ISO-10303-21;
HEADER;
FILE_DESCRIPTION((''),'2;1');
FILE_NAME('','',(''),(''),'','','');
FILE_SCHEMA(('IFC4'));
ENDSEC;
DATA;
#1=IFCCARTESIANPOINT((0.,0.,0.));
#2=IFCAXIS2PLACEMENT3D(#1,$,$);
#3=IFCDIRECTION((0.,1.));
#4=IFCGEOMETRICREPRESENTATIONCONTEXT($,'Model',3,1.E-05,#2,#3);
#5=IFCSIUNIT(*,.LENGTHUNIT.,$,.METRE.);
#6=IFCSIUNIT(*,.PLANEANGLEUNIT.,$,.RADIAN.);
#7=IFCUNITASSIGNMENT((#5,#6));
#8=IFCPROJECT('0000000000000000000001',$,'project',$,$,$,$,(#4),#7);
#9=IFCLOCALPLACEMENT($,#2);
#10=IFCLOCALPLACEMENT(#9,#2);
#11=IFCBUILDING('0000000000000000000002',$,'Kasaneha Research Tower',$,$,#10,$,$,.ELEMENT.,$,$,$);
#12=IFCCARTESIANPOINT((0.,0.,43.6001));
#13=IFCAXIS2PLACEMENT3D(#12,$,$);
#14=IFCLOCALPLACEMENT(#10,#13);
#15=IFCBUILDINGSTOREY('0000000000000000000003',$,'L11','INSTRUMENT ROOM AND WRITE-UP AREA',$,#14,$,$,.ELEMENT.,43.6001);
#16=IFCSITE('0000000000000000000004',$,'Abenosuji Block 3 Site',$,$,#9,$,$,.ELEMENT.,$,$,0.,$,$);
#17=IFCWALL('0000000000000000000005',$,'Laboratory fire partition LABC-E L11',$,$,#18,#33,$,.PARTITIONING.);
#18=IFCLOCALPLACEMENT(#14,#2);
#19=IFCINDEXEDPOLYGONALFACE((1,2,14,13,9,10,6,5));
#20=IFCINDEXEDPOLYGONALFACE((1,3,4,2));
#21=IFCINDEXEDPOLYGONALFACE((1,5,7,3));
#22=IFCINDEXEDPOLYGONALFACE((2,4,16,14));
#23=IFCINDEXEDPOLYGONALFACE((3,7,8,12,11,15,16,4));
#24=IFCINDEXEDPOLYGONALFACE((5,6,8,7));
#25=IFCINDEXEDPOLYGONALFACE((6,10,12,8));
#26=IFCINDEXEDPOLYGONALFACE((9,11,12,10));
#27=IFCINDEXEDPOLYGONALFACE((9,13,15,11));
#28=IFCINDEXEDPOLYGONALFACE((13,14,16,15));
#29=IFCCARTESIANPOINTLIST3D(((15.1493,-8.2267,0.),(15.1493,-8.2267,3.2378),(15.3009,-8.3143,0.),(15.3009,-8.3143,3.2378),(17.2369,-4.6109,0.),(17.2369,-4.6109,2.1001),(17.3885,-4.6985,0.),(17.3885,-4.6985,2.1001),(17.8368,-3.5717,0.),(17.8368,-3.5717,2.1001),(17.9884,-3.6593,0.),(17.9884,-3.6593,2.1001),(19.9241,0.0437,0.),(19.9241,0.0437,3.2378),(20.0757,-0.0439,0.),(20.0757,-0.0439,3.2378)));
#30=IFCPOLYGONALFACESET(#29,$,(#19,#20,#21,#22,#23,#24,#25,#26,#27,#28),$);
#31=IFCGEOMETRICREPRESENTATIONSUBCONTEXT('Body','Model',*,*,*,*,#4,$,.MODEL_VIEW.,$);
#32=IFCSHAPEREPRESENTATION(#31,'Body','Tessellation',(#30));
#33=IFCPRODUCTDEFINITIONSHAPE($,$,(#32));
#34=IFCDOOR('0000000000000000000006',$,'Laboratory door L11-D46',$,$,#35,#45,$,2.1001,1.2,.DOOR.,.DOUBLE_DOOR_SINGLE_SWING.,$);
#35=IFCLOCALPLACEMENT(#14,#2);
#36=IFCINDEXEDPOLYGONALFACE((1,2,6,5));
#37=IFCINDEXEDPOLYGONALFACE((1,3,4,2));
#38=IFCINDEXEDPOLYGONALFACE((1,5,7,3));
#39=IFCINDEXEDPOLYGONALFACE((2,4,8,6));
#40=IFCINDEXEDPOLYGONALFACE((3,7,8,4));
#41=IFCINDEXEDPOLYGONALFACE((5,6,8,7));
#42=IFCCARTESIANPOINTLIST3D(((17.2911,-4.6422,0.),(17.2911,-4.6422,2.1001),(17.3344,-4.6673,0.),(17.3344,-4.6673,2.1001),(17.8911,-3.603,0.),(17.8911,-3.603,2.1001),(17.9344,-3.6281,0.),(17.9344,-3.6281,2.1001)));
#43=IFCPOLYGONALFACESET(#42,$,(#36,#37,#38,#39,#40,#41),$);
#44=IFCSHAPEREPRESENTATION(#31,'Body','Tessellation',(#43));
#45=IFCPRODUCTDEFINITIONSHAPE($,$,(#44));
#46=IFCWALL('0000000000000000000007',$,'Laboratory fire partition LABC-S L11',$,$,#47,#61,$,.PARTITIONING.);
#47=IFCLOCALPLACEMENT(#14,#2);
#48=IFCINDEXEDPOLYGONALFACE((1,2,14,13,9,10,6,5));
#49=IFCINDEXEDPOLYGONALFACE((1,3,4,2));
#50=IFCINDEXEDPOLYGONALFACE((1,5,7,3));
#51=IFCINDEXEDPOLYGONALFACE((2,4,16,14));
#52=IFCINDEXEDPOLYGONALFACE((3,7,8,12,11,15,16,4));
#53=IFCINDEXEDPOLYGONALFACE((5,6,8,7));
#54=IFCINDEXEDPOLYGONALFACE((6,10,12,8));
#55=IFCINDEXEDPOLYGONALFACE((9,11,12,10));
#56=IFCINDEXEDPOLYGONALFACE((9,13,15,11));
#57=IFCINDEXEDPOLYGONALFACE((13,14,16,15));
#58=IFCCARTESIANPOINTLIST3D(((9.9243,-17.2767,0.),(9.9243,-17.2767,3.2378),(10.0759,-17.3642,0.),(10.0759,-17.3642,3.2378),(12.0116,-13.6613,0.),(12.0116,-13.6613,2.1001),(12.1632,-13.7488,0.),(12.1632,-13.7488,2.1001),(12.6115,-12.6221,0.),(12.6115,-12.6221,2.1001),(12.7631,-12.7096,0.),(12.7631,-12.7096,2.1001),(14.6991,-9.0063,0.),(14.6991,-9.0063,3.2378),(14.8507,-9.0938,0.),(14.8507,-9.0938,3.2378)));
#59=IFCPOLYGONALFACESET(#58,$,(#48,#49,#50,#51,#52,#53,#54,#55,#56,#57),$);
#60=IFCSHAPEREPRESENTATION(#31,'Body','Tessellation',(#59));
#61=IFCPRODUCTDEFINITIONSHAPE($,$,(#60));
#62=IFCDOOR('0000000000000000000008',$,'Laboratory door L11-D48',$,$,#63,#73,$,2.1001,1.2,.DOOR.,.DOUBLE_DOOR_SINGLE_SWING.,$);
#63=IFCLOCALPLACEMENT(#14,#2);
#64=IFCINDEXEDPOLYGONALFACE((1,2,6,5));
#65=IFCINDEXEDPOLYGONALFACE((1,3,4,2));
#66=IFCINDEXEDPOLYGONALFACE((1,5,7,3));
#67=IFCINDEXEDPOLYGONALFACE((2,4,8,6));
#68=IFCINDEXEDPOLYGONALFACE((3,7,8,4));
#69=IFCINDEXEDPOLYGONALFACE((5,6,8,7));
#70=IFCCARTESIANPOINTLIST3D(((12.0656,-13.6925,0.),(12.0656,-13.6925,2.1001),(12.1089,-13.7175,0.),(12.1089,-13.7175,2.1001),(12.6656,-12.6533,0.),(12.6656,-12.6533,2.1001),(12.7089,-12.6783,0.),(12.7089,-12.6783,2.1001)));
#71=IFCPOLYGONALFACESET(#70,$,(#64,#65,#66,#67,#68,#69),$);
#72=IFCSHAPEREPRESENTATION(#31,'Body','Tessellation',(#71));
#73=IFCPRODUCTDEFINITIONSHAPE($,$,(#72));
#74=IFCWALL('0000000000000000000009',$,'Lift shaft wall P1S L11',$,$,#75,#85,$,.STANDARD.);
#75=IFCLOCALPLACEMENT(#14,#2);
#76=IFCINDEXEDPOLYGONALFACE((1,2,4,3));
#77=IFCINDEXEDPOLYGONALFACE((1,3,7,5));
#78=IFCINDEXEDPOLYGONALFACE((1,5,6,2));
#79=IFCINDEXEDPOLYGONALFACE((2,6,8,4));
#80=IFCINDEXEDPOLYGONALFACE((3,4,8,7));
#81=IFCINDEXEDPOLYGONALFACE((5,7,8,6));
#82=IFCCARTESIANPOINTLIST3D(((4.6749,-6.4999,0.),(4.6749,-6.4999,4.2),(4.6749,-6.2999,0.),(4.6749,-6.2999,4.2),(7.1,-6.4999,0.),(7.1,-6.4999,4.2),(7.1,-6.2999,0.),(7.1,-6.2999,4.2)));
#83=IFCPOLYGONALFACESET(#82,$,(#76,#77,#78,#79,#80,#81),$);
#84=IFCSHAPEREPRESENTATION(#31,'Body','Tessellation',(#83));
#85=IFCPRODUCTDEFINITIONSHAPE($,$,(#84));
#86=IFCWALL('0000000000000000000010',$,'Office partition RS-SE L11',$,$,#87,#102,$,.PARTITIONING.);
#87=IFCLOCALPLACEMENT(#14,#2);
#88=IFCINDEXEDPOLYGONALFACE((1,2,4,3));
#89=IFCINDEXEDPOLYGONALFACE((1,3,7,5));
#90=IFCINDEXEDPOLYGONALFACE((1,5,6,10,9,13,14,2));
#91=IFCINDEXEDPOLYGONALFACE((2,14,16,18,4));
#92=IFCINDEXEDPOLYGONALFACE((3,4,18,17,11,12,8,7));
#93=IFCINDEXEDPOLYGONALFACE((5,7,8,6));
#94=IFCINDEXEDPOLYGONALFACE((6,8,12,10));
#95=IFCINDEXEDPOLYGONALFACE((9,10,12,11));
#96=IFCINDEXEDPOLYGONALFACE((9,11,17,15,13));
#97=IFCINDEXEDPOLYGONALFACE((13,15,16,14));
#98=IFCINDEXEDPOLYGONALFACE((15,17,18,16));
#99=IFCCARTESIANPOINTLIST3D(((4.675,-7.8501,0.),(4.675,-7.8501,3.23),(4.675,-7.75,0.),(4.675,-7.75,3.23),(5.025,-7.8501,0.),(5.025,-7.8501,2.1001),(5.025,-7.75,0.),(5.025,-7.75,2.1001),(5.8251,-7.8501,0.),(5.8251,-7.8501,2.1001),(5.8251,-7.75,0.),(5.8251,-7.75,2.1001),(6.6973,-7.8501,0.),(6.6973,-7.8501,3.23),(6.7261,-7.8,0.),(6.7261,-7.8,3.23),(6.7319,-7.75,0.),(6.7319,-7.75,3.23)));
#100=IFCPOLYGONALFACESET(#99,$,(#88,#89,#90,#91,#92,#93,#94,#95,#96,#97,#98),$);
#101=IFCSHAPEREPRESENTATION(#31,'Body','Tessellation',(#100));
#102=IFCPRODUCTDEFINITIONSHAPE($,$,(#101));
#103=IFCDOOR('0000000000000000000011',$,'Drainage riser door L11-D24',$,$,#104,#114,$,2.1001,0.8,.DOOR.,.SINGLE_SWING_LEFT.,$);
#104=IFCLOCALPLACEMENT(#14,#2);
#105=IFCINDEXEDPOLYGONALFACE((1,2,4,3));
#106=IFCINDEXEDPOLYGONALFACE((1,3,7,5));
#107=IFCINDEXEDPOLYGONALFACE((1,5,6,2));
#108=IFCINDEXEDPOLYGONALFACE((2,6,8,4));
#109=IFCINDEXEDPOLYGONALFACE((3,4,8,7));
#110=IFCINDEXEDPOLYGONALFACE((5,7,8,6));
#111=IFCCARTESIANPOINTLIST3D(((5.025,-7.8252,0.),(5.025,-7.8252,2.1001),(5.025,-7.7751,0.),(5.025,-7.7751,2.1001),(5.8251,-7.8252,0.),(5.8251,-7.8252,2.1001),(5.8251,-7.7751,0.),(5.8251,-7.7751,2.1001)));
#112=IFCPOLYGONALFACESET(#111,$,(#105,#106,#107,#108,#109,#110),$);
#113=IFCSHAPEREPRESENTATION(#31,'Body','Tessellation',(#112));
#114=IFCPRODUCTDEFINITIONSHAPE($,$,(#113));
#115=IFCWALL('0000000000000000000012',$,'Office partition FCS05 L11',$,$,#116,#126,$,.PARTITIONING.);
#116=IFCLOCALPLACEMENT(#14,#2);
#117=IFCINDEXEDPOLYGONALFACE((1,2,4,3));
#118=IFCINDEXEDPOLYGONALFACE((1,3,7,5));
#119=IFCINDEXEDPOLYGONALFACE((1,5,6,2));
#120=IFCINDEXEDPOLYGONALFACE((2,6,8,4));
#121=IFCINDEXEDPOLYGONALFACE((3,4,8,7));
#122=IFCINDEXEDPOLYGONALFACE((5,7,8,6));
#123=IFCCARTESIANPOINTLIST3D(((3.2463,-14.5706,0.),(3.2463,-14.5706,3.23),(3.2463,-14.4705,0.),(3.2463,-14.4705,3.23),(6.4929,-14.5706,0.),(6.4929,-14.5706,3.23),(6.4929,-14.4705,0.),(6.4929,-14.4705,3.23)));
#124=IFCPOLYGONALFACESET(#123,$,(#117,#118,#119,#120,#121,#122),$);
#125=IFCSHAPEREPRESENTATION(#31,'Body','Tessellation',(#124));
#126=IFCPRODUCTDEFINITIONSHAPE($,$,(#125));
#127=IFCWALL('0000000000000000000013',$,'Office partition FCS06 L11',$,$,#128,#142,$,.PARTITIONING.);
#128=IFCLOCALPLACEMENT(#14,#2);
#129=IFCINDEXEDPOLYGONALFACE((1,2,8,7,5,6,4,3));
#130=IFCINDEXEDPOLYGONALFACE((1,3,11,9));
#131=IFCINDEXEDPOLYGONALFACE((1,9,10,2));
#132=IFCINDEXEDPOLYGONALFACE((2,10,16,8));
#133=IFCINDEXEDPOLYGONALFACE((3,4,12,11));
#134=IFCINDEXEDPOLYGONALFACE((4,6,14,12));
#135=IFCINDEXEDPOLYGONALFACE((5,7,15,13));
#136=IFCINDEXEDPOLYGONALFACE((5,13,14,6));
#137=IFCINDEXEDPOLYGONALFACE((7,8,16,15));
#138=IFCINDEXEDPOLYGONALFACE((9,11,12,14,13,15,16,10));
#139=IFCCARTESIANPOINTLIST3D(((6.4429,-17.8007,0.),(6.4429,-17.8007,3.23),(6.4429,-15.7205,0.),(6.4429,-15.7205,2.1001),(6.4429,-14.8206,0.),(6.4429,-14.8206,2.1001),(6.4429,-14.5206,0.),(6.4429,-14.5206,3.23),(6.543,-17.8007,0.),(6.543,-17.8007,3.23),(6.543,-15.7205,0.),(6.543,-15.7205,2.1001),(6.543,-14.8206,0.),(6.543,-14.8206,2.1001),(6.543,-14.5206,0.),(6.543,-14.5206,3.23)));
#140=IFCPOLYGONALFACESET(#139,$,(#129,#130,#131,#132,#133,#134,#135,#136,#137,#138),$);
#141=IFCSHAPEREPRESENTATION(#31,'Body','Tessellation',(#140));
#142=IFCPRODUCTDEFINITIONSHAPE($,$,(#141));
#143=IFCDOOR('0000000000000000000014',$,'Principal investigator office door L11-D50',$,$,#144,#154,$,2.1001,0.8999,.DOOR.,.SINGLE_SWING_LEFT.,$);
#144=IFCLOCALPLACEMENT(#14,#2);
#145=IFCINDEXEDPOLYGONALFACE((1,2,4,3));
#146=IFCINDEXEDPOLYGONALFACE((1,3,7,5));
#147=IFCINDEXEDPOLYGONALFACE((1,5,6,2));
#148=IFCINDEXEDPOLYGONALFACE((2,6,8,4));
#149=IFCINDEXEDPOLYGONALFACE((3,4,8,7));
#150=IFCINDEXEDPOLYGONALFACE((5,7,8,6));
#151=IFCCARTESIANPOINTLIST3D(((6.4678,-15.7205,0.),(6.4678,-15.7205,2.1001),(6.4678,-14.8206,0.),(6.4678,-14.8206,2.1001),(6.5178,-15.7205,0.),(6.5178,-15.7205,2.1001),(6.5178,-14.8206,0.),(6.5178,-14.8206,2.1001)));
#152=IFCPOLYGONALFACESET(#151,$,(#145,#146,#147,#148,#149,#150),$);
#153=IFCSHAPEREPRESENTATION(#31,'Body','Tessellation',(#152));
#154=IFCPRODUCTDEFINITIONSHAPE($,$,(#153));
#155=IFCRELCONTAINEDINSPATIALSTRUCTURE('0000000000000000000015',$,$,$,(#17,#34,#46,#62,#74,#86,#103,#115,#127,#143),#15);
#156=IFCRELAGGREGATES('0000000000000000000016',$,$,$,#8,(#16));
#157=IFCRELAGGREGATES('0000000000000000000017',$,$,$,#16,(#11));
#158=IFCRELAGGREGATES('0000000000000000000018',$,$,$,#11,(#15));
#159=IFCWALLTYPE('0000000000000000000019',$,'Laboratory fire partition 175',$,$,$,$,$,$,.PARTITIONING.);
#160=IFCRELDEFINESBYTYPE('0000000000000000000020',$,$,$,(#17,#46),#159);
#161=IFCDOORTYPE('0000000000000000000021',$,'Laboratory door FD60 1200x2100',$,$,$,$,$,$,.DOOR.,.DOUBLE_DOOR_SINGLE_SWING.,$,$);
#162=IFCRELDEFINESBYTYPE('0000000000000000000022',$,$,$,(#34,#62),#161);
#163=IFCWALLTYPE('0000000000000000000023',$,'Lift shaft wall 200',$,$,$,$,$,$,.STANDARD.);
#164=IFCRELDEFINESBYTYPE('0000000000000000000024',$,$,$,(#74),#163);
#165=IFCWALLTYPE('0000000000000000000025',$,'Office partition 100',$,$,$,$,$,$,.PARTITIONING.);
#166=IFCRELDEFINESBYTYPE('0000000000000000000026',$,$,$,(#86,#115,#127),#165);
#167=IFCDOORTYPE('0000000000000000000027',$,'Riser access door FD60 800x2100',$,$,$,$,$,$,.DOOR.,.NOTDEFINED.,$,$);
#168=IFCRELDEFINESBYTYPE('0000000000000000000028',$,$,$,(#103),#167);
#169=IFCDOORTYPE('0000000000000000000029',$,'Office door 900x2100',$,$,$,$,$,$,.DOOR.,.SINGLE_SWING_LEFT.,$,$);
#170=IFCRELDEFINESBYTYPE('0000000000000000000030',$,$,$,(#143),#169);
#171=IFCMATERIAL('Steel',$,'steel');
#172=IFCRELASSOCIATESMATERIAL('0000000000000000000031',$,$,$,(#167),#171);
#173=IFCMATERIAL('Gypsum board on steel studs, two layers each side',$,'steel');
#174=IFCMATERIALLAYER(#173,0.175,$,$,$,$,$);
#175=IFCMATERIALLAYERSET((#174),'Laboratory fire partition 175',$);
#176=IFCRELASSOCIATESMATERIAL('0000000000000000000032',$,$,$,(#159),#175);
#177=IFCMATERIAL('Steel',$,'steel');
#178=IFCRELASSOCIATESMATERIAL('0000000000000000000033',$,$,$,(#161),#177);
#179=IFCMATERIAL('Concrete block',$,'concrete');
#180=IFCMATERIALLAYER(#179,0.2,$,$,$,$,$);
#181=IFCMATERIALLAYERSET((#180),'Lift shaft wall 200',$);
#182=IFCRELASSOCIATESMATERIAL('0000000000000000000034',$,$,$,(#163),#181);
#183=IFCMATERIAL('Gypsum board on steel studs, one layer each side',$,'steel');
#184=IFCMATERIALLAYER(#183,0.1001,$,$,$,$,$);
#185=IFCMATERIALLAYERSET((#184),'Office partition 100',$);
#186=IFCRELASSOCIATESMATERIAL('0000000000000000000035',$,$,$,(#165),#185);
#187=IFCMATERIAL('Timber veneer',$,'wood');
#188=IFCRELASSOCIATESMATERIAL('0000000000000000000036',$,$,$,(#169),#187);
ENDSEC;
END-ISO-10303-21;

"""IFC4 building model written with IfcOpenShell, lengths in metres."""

from ifc_helpers import new_model, si_unit, direction, frame, frame_2d, origin, place, context, subcontext, project, spatial, polyline, rectangle, outline, extrude, material, layer, layer_set, type_object, element, fill, save


model = new_model("IFC4")

# Units and contexts
model_context = context("Model", 3, precision=1e-05, world=origin(), true_north=direction((0.0, 1.0)))
body_context = subcontext(model_context, "Body", "Model", "MODEL_VIEW")
ifc_project = project(units=[si_unit("LENGTHUNIT", "METRE"), si_unit("PLANEANGLEUNIT", "RADIAN")], contexts=[model_context])

# Site, building, storey
site_placement = place(None, origin())
site = spatial("IfcSite", under=ifc_project, at=site_placement, Name="Abenosuji Block 3 Site", CompositionType="ELEMENT", RefElevation=0.0)
building_placement = place(site_placement, origin())
building = spatial("IfcBuilding", under=site, at=building_placement, Name="Kasaneha Research Tower", CompositionType="ELEMENT")
storey_placement = place(building_placement, frame((0.0, 0.0, 43.6001)))
storey = spatial("IfcBuildingStorey", under=building, at=storey_placement, Name="L11", Description="INSTRUMENT ROOM AND WRITE-UP AREA", CompositionType="ELEMENT", Elevation=43.6001)

# Walls, openings, doors
ifc_material_1 = material(Name="Steel", Category="steel")
door_type_1 = type_object("IfcDoorType", Name="Riser access door FD60 800x2100", OperationType="NOTDEFINED", PredefinedType="DOOR", material=ifc_material_1)
ifc_material_2 = material(Name="Gypsum board on steel studs, two layers each side", Category="steel")
ifc_layer_1 = layer(ifc_material_2, 0.175)
ifc_layer_set_1 = layer_set([ifc_layer_1], Name="Laboratory fire partition 175")
wall_type_1 = type_object("IfcWallType", Name="Laboratory fire partition 175", PredefinedType="PARTITIONING", material=ifc_layer_set_1)
wall_1_placement = place(storey_placement, frame((15.2251, -8.2705, 0.0), z_axis=(0.0, 0.0, 1.0), x_axis=(0.499994, 0.866029, 0.0)))
wall_1 = element("IfcWall", 1, at=wall_1_placement, inside=storey, type_object=wall_type_1, Name="Laboratory fire partition LABC-E L11", PredefinedType="PARTITIONING", context=body_context, shape_type="SweptSolid", body=[
    extrude(rectangle(XDim=9.5498, YDim=0.175, at=frame_2d((4.7749, 0.0))), origin(), (0.0, 0.0, 1.0), 3.2378),
])
opening_1_placement = place(wall_1_placement, frame((4.175, 0.0, 0.0)))
opening_1 = element("IfcOpeningElement", 2, at=opening_1_placement, cuts=wall_1, PredefinedType="OPENING", context=body_context, shape_type="SweptSolid", body=[
    extrude(rectangle(XDim=1.2, YDim=2.1001, at=frame_2d((0.6001, 1.05))), frame((0.0, 0.0977, 0.0), z_axis=(0.0, -1.0, 0.0), x_axis=(1.0, 0.0, 0.0)), (0.0, 0.0, 1.0), 0.1951),
])
ifc_material_3 = material(Name="Steel", Category="steel")
door_type_2 = type_object("IfcDoorType", Name="Laboratory door FD60 1200x2100", OperationType="DOUBLE_DOOR_SINGLE_SWING", PredefinedType="DOOR", material=ifc_material_3)
door_1_placement = place(opening_1_placement, origin())
door_1 = element("IfcDoor", 3, at=door_1_placement, inside=storey, type_object=door_type_2, Name="Laboratory door L11-D46", OperationType="DOUBLE_DOOR_SINGLE_SWING", OverallHeight=2.1001, OverallWidth=1.2, PredefinedType="DOOR", context=body_context, shape_type="SweptSolid", body=[
    extrude(rectangle(XDim=1.2, YDim=2.1001, at=frame_2d((0.6001, 1.05))), frame((0.0, 0.0249, 0.0), z_axis=(0.0, -1.0, 0.0), x_axis=(1.0, 0.0, 0.0)), (0.0, 0.0, 1.0), 0.05),
])
fill(opening_1, door_1)
wall_2_placement = place(storey_placement, frame((14.7749, -9.05, 0.0), z_axis=(0.0, 0.0, 1.0), x_axis=(-0.499994, -0.866029, 0.0)))
wall_2 = element("IfcWall", 4, at=wall_2_placement, inside=storey, type_object=wall_type_1, Name="Laboratory fire partition LABC-S L11", PredefinedType="PARTITIONING", context=body_context, shape_type="SweptSolid", body=[
    extrude(rectangle(XDim=9.5498, YDim=0.175, at=frame_2d((4.7749, 0.0))), origin(), (0.0, 0.0, 1.0), 3.2378),
])
opening_2_placement = place(wall_2_placement, frame((4.175, 0.0, 0.0)))
opening_2 = element("IfcOpeningElement", 5, at=opening_2_placement, cuts=wall_2, PredefinedType="OPENING", context=body_context, shape_type="SweptSolid", body=[
    extrude(rectangle(XDim=1.2, YDim=2.1001, at=frame_2d((0.6001, 1.05))), frame((0.0, 0.0977, 0.0), z_axis=(0.0, -1.0, 0.0), x_axis=(1.0, 0.0, 0.0)), (0.0, 0.0, 1.0), 0.1951),
])
door_2_placement = place(opening_2_placement, origin())
door_2 = element("IfcDoor", 6, at=door_2_placement, inside=storey, type_object=door_type_2, Name="Laboratory door L11-D48", OperationType="DOUBLE_DOOR_SINGLE_SWING", OverallHeight=2.1001, OverallWidth=1.2, PredefinedType="DOOR", context=body_context, shape_type="SweptSolid", body=[
    extrude(rectangle(XDim=1.2, YDim=2.1001, at=frame_2d((0.6001, 1.05))), frame((0.0, 0.0249, 0.0), z_axis=(0.0, -1.0, 0.0), x_axis=(1.0, 0.0, 0.0)), (0.0, 0.0, 1.0), 0.05),
])
fill(opening_2, door_2)

# Wall
ifc_material_4 = material(Name="Concrete block", Category="concrete")
ifc_layer_2 = layer(ifc_material_4, 0.2)
ifc_layer_set_2 = layer_set([ifc_layer_2], Name="Lift shaft wall 200")
wall_type_2 = type_object("IfcWallType", Name="Lift shaft wall 200", PredefinedType="STANDARD", material=ifc_layer_set_2)
wall_3_placement = place(storey_placement, frame((4.675, -6.3999, 0.0), z_axis=(0.0, 0.0, 1.0), x_axis=(1.0, 0.0, 0.0)))
element("IfcWall", 7, at=wall_3_placement, inside=storey, type_object=wall_type_2, Name="Lift shaft wall P1S L11", PredefinedType="STANDARD", context=body_context, shape_type="SweptSolid", body=[
    extrude(rectangle(XDim=2.425, YDim=0.2, at=frame_2d((1.2124, 0.0))), origin(), (0.0, 0.0, 1.0), 4.2),
])

# Wall, opening, door
ifc_material_5 = material(Name="Gypsum board on steel studs, one layer each side", Category="steel")
ifc_layer_3 = layer(ifc_material_5, 0.1001)
ifc_layer_set_3 = layer_set([ifc_layer_3], Name="Office partition 100")
wall_type_3 = type_object("IfcWallType", Name="Office partition 100", PredefinedType="PARTITIONING", material=ifc_layer_set_3)
wall_4_placement = place(storey_placement, frame((4.675, -7.8, 0.0), z_axis=(0.0, 0.0, 1.0), x_axis=(1.0, 0.0, 0.0)))
wall_4 = element("IfcWall", 8, at=wall_4_placement, inside=storey, type_object=wall_type_3, Name="Office partition RS-SE L11", PredefinedType="PARTITIONING", context=body_context, shape_type="SweptSolid", body=[
    extrude(outline(polyline([(0.0, -0.05), (0.3501, -0.05), (1.1501, -0.05), (2.0222, -0.05), (2.051, 0.0), (2.0569, 0.05), (1.1501, 0.05), (0.3501, 0.05), (0.0, 0.05), (0.0, -0.05)])), origin(), (0.0, 0.0, 1.0), 3.23),
])
opening_3_placement = place(wall_4_placement, frame((0.3501, 0.0, 0.0)))
opening_3 = element("IfcOpeningElement", 9, at=opening_3_placement, cuts=wall_4, PredefinedType="OPENING", context=body_context, shape_type="SweptSolid", body=[
    extrude(rectangle(XDim=0.8, YDim=2.1001, at=frame_2d((0.3999, 1.05))), frame((0.0, 0.0601, 0.0), z_axis=(0.0, -1.0, 0.0), x_axis=(1.0, 0.0, 0.0)), (0.0, 0.0, 1.0), 0.1201),
])
door_3_placement = place(opening_3_placement, origin())
door_3 = element("IfcDoor", 10, at=door_3_placement, inside=storey, type_object=door_type_1, Name="Drainage riser door L11-D24", OperationType="SINGLE_SWING_LEFT", OverallHeight=2.1001, OverallWidth=0.8, PredefinedType="DOOR", context=body_context, shape_type="SweptSolid", body=[
    extrude(rectangle(XDim=0.8, YDim=2.1001, at=frame_2d((0.3999, 1.05))), frame((0.0, 0.0249, 0.0), z_axis=(0.0, -1.0, 0.0), x_axis=(1.0, 0.0, 0.0)), (0.0, 0.0, 1.0), 0.05),
])
fill(opening_3, door_3)

# Wall
wall_5_placement = place(storey_placement, frame((3.2463, -14.5205, 0.0), z_axis=(0.0, 0.0, 1.0), x_axis=(1.0, 0.0, 0.0)))
element("IfcWall", 11, at=wall_5_placement, inside=storey, type_object=wall_type_3, Name="Office partition FCS05 L11", PredefinedType="PARTITIONING", context=body_context, shape_type="SweptSolid", body=[
    extrude(rectangle(XDim=3.2466, YDim=0.1001, at=frame_2d((1.6233, 0.0))), origin(), (0.0, 0.0, 1.0), 3.23),
])

# Wall, opening, door
wall_6_placement = place(storey_placement, frame((6.4929, -14.5205, 0.0), z_axis=(0.0, 0.0, 1.0), x_axis=(0.0, -1.0, 0.0)))
wall_6 = element("IfcWall", 12, at=wall_6_placement, inside=storey, type_object=wall_type_3, Name="Office partition FCS06 L11", PredefinedType="PARTITIONING", context=body_context, shape_type="SweptSolid", body=[
    extrude(rectangle(XDim=3.28, YDim=0.1001, at=frame_2d((1.6401, 0.0))), origin(), (0.0, 0.0, 1.0), 3.23),
])
opening_4_placement = place(wall_6_placement, frame((0.3, 0.0, 0.0)))
opening_4 = element("IfcOpeningElement", 13, at=opening_4_placement, cuts=wall_6, PredefinedType="OPENING", context=body_context, shape_type="SweptSolid", body=[
    extrude(rectangle(XDim=0.8999, YDim=2.1001, at=frame_2d((0.45, 1.05))), frame((0.0, 0.0601, 0.0), z_axis=(0.0, -1.0, 0.0), x_axis=(1.0, 0.0, 0.0)), (0.0, 0.0, 1.0), 0.1201),
])
ifc_material_6 = material(Name="Timber veneer", Category="wood")
door_type_3 = type_object("IfcDoorType", Name="Office door 900x2100", OperationType="SINGLE_SWING_LEFT", PredefinedType="DOOR", material=ifc_material_6)
door_4_placement = place(opening_4_placement, origin())
door_4 = element("IfcDoor", 14, at=door_4_placement, inside=storey, type_object=door_type_3, Name="Principal investigator office door L11-D50", OperationType="SINGLE_SWING_LEFT", OverallHeight=2.1001, OverallWidth=0.8999, PredefinedType="DOOR", context=body_context, shape_type="SweptSolid", body=[
    extrude(rectangle(XDim=0.8999, YDim=2.1001, at=frame_2d((0.45, 1.05))), frame((0.0, 0.0249, 0.0), z_axis=(0.0, -1.0, 0.0), x_axis=(1.0, 0.0, 0.0)), (0.0, 0.0, 1.0), 0.05),
])
fill(opening_4, door_4)

save(model, "model.ifc")
